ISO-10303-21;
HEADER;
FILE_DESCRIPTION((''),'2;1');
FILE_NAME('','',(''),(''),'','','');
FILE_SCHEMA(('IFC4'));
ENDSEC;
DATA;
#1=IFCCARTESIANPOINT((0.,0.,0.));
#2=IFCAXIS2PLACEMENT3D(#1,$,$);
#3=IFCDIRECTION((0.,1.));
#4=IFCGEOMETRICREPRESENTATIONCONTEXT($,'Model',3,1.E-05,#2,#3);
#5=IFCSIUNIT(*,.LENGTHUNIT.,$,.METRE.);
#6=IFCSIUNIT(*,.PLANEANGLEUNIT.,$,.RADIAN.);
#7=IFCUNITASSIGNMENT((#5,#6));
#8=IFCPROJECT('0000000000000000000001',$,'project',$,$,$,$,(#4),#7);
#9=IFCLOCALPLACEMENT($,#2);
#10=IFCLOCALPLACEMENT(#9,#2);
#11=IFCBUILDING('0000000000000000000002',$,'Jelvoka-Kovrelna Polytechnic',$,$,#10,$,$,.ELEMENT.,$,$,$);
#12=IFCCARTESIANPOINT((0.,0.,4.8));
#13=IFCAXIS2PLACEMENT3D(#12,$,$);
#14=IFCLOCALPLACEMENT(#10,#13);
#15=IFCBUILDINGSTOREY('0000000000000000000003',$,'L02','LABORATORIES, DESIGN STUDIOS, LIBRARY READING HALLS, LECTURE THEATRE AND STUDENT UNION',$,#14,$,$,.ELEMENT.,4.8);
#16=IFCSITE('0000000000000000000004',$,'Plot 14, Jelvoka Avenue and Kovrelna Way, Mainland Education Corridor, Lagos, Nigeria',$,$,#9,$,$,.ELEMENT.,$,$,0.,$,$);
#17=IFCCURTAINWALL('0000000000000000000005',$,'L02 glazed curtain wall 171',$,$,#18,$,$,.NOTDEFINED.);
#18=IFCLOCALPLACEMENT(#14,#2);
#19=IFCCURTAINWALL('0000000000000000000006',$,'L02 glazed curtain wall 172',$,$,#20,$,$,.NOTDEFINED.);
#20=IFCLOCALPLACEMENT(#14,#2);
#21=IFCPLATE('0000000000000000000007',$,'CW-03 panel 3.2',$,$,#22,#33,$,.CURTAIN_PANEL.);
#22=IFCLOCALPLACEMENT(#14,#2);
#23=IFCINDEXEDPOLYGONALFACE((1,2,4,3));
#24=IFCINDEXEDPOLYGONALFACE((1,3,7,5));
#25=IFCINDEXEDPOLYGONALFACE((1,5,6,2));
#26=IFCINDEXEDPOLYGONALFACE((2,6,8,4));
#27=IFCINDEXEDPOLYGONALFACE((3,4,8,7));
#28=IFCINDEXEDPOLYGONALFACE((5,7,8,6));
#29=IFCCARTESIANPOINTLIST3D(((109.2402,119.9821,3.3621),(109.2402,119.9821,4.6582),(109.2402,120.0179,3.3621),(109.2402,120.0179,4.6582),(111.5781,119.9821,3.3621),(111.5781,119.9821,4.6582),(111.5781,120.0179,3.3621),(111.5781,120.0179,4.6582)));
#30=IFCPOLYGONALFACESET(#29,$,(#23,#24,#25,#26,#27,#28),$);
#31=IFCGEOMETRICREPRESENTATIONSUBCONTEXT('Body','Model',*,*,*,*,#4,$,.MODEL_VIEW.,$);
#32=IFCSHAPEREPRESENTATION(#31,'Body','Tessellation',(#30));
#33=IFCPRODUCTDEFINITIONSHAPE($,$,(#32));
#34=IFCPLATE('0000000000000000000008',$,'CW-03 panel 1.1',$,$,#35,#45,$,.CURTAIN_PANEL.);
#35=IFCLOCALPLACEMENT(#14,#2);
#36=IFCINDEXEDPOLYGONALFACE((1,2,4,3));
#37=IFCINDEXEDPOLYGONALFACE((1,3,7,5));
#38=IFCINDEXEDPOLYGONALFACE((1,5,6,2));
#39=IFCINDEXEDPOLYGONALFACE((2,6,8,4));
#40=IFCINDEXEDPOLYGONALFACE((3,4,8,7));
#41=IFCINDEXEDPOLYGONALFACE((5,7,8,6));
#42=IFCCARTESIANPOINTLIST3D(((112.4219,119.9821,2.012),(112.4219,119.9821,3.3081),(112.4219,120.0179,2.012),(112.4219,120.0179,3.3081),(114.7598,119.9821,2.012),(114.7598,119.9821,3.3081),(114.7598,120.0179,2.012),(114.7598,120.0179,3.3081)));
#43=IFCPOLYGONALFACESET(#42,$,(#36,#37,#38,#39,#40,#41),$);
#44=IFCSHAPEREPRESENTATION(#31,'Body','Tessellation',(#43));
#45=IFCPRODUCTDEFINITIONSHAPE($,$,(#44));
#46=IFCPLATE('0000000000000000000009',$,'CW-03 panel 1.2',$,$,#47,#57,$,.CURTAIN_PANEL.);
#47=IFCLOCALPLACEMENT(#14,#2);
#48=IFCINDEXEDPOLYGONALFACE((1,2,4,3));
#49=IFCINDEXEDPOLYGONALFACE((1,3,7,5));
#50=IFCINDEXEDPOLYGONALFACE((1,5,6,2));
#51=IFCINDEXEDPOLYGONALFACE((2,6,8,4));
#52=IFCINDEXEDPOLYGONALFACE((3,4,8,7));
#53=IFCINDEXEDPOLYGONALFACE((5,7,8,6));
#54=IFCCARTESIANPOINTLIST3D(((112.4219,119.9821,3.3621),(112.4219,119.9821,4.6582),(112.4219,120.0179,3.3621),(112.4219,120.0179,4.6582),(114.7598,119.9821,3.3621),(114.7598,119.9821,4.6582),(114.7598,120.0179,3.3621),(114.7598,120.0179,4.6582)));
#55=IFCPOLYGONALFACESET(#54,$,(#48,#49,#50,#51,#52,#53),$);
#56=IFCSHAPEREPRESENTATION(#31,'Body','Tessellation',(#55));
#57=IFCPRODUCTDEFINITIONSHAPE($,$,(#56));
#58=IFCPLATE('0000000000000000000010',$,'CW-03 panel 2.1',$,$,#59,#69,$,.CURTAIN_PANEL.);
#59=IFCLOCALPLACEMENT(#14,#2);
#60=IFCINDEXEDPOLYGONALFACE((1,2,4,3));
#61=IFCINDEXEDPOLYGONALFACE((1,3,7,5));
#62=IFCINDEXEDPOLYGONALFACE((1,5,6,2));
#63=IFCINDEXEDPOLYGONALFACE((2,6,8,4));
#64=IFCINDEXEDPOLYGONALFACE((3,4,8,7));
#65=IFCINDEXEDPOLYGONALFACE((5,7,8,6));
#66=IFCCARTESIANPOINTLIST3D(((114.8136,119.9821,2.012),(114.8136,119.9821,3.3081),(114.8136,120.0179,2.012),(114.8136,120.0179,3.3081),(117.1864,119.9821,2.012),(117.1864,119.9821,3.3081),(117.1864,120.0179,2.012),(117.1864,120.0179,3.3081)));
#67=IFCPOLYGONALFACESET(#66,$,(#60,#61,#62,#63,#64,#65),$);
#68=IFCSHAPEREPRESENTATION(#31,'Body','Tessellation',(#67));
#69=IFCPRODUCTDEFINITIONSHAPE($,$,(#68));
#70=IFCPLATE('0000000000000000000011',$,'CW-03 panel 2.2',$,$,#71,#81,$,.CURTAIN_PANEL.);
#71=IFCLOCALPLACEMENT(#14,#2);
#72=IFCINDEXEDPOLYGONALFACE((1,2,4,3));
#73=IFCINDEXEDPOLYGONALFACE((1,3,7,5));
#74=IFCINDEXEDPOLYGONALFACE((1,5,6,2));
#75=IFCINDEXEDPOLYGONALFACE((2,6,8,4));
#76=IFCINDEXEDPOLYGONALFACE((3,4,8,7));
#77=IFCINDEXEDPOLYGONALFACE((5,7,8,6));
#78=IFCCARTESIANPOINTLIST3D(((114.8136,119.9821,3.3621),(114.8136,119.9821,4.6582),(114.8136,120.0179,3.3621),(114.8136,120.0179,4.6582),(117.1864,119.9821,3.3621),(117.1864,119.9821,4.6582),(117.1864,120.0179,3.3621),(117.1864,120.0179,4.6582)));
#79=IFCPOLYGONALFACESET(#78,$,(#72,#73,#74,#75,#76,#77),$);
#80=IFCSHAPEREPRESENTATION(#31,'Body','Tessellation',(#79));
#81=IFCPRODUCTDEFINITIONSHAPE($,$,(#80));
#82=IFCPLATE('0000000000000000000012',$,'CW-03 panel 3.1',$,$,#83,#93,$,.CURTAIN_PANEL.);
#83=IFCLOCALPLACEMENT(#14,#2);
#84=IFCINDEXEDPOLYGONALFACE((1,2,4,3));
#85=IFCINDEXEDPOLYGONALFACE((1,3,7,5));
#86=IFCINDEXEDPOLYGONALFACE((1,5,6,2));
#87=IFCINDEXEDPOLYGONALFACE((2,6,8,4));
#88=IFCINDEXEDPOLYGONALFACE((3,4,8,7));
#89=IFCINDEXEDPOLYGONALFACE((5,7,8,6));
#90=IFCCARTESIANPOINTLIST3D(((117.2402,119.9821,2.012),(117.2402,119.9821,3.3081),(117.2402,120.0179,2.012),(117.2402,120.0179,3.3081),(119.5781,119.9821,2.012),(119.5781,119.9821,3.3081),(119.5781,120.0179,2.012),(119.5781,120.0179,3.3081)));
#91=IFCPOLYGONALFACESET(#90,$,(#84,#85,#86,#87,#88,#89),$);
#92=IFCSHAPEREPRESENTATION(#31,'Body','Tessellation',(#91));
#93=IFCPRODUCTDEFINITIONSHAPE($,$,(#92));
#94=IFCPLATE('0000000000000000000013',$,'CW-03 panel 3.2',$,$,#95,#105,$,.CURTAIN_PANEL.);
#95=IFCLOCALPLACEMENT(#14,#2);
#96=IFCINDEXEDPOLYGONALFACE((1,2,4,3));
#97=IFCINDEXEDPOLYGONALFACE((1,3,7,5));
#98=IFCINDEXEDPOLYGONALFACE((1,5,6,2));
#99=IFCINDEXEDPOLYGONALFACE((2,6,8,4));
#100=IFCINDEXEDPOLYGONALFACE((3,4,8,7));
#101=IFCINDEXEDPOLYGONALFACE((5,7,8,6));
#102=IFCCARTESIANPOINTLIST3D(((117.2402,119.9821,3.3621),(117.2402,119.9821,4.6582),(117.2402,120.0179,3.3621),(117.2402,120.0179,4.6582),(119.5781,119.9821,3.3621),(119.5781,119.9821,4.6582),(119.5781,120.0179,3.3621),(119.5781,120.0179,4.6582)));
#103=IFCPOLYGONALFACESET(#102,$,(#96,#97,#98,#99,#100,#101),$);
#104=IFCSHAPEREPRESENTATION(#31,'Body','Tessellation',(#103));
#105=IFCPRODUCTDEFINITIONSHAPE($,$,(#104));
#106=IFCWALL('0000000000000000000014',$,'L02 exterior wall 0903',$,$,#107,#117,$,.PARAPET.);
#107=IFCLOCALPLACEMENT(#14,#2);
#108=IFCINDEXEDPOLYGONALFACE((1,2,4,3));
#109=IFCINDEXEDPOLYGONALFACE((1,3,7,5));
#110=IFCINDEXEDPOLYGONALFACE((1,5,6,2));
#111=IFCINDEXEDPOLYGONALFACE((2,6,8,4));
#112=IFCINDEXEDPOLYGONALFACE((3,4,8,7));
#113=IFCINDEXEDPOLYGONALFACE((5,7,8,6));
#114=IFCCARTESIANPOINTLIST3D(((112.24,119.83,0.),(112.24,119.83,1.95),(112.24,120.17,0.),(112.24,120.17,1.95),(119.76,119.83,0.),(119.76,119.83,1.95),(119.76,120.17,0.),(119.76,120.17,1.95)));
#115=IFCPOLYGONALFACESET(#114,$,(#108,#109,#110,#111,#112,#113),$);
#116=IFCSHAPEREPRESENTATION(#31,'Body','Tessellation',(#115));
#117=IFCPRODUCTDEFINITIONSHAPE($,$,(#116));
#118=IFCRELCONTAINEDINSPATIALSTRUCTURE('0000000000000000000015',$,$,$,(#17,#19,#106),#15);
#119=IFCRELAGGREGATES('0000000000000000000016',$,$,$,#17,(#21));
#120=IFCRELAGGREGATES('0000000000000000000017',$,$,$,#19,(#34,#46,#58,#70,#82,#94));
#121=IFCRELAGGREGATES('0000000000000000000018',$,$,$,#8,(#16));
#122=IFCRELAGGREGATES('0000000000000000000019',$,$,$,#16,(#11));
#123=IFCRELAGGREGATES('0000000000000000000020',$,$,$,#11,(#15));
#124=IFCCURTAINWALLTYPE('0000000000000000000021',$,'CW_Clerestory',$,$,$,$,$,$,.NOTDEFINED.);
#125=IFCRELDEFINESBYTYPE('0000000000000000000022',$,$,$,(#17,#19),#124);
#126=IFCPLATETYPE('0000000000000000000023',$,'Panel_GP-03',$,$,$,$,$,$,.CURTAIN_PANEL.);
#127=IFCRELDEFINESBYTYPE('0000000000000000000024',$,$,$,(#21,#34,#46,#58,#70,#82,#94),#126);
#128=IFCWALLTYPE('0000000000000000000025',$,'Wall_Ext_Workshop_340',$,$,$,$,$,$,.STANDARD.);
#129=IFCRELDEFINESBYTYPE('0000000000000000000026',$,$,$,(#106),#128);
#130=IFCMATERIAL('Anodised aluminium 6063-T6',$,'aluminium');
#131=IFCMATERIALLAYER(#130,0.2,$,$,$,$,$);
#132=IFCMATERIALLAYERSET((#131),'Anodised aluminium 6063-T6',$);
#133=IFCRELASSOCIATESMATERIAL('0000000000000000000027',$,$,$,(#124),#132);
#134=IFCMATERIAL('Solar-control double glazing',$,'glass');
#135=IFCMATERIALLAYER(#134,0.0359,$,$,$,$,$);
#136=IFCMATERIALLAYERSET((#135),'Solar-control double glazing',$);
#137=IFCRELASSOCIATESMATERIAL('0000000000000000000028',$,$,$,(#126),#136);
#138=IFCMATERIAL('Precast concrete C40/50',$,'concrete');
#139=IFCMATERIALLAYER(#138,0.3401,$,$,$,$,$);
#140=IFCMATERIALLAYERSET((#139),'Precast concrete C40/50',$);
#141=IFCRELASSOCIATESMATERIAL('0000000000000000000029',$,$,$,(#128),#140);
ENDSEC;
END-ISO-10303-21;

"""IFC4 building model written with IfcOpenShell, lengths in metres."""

from ifc_helpers import new_model, si_unit, direction, frame, frame_2d, origin, origin_2d, place, context, subcontext, project, spatial, rectangle, extrude, material, layer, layer_set, type_object, element, aggregate, save


model = new_model("IFC4")

# Units and contexts
model_context = context("Model", 3, precision=1e-05, world=origin(), true_north=direction((0.0, 1.0)))
body_context = subcontext(model_context, "Body", "Model", "MODEL_VIEW")
ifc_project = project(units=[si_unit("LENGTHUNIT", "METRE"), si_unit("PLANEANGLEUNIT", "RADIAN")], contexts=[model_context])

# Site, building, storey
site_placement = place(None, origin())
site = spatial("IfcSite", under=ifc_project, at=site_placement, Name="Plot 14, Jelvoka Avenue and Kovrelna Way, Mainland Education Corridor, Lagos, Nigeria", CompositionType="ELEMENT", RefElevation=0.0)
building_placement = place(site_placement, origin())
building = spatial("IfcBuilding", under=site, at=building_placement, Name="Jelvoka-Kovrelna Polytechnic", CompositionType="ELEMENT")
storey_placement = place(building_placement, frame((0.0, 0.0, 4.8)))
storey = spatial("IfcBuildingStorey", under=building, at=storey_placement, Name="L02", Description="LABORATORIES, DESIGN STUDIOS, LIBRARY READING HALLS, LECTURE THEATRE AND STUDENT UNION", CompositionType="ELEMENT", Elevation=4.8)

# Curtain wall
ifc_material_1 = material(Name="Anodised aluminium 6063-T6", Category="aluminium")
ifc_layer_1 = layer(ifc_material_1, 0.2)
ifc_layer_set_1 = layer_set([ifc_layer_1], Name="Anodised aluminium 6063-T6")
curtain_wall_type = type_object("IfcCurtainWallType", Name="CW_Clerestory", PredefinedType="NOTDEFINED", material=ifc_layer_set_1)
curtain_wall_1_placement = place(storey_placement, origin())
curtain_wall_1 = element("IfcCurtainWall", 1, at=curtain_wall_1_placement, inside=storey, type_object=curtain_wall_type, Name="L02 glazed curtain wall 171", PredefinedType="NOTDEFINED")

# Curtain wall
curtain_wall_2_placement = place(storey_placement, origin())
curtain_wall_2 = element("IfcCurtainWall", 2, at=curtain_wall_2_placement, inside=storey, type_object=curtain_wall_type, Name="L02 glazed curtain wall 172", PredefinedType="NOTDEFINED")

# Plates
ifc_material_2 = material(Name="Solar-control double glazing", Category="glass")
ifc_layer_2 = layer(ifc_material_2, 0.0359)
ifc_layer_set_2 = layer_set([ifc_layer_2], Name="Solar-control double glazing")
plate_type = type_object("IfcPlateType", Name="Panel_GP-03", PredefinedType="CURTAIN_PANEL", material=ifc_layer_set_2)
plate_1_placement = place(storey_placement, frame((110.4092, 120.0, 3.3621), z_axis=(0.0, 0.0, 1.0), x_axis=(1.0, 0.0, 0.0)))
plate_1 = element("IfcPlate", 3, at=plate_1_placement, type_object=plate_type, Name="CW-03 panel 3.2", PredefinedType="CURTAIN_PANEL", context=body_context, shape_type="SweptSolid", body=[
    extrude(rectangle(XDim=2.3379, YDim=0.0359, at=origin_2d()), origin(), (0.0, 0.0, 1.0), 1.2961),
])
aggregate(curtain_wall_1, [plate_1])
plate_2_placement = place(storey_placement, frame((113.5908, 120.0, 2.012), z_axis=(0.0, 0.0, 1.0), x_axis=(1.0, 0.0, 0.0)))
plate_2 = element("IfcPlate", 4, at=plate_2_placement, type_object=plate_type, Name="CW-03 panel 1.1", PredefinedType="CURTAIN_PANEL", context=body_context, shape_type="SweptSolid", body=[
    extrude(rectangle(XDim=2.3379, YDim=0.0359, at=origin_2d()), origin(), (0.0, 0.0, 1.0), 1.2961),
])
plate_3_placement = place(storey_placement, frame((113.5908, 120.0, 3.3621), z_axis=(0.0, 0.0, 1.0), x_axis=(1.0, 0.0, 0.0)))
plate_3 = element("IfcPlate", 5, at=plate_3_placement, type_object=plate_type, Name="CW-03 panel 1.2", PredefinedType="CURTAIN_PANEL", context=body_context, shape_type="SweptSolid", body=[
    extrude(rectangle(XDim=2.3379, YDim=0.0359, at=origin_2d()), origin(), (0.0, 0.0, 1.0), 1.2961),
])
plate_4_placement = place(storey_placement, frame((116.0, 120.0, 2.012), z_axis=(0.0, 0.0, 1.0), x_axis=(1.0, 0.0, 0.0)))
plate_4 = element("IfcPlate", 6, at=plate_4_placement, type_object=plate_type, Name="CW-03 panel 2.1", PredefinedType="CURTAIN_PANEL", context=body_context, shape_type="SweptSolid", body=[
    extrude(rectangle(XDim=2.3728, YDim=0.0359, at=origin_2d()), origin(), (0.0, 0.0, 1.0), 1.2961),
])
plate_5_placement = place(storey_placement, frame((116.0, 120.0, 3.3621), z_axis=(0.0, 0.0, 1.0), x_axis=(1.0, 0.0, 0.0)))
plate_5 = element("IfcPlate", 7, at=plate_5_placement, type_object=plate_type, Name="CW-03 panel 2.2", PredefinedType="CURTAIN_PANEL", context=body_context, shape_type="SweptSolid", body=[
    extrude(rectangle(XDim=2.3728, YDim=0.0359, at=origin_2d()), origin(), (0.0, 0.0, 1.0), 1.2961),
])
plate_6_placement = place(storey_placement, frame((118.4092, 120.0, 2.012), z_axis=(0.0, 0.0, 1.0), x_axis=(1.0, 0.0, 0.0)))
plate_6 = element("IfcPlate", 8, at=plate_6_placement, type_object=plate_type, Name="CW-03 panel 3.1", PredefinedType="CURTAIN_PANEL", context=body_context, shape_type="SweptSolid", body=[
    extrude(rectangle(XDim=2.3379, YDim=0.0359, at=origin_2d()), origin(), (0.0, 0.0, 1.0), 1.2961),
])
plate_7_placement = place(storey_placement, frame((118.4092, 120.0, 3.3621), z_axis=(0.0, 0.0, 1.0), x_axis=(1.0, 0.0, 0.0)))
plate_7 = element("IfcPlate", 9, at=plate_7_placement, type_object=plate_type, Name="CW-03 panel 3.2", PredefinedType="CURTAIN_PANEL", context=body_context, shape_type="SweptSolid", body=[
    extrude(rectangle(XDim=2.3379, YDim=0.0359, at=origin_2d()), origin(), (0.0, 0.0, 1.0), 1.2961),
])
aggregate(curtain_wall_2, [plate_2, plate_3, plate_4, plate_5, plate_6, plate_7])

# Wall
ifc_material_3 = material(Name="Precast concrete C40/50", Category="concrete")
ifc_layer_3 = layer(ifc_material_3, 0.3401)
ifc_layer_set_3 = layer_set([ifc_layer_3], Name="Precast concrete C40/50")
wall_type = type_object("IfcWallType", Name="Wall_Ext_Workshop_340", PredefinedType="STANDARD", material=ifc_layer_set_3)
wall_placement = place(storey_placement, frame((112.24, 120.0, 0.0), z_axis=(0.0, 0.0, 1.0), x_axis=(1.0, 0.0, 0.0)))
element("IfcWall", 10, at=wall_placement, inside=storey, type_object=wall_type, Name="L02 exterior wall 0903", PredefinedType="PARAPET", context=body_context, shape_type="SweptSolid", body=[
    extrude(rectangle(XDim=7.52, YDim=0.3401, at=frame_2d((3.76, 0.0))), origin(), (0.0, 0.0, 1.0), 1.95),
])

save(model, "model.ifc")
